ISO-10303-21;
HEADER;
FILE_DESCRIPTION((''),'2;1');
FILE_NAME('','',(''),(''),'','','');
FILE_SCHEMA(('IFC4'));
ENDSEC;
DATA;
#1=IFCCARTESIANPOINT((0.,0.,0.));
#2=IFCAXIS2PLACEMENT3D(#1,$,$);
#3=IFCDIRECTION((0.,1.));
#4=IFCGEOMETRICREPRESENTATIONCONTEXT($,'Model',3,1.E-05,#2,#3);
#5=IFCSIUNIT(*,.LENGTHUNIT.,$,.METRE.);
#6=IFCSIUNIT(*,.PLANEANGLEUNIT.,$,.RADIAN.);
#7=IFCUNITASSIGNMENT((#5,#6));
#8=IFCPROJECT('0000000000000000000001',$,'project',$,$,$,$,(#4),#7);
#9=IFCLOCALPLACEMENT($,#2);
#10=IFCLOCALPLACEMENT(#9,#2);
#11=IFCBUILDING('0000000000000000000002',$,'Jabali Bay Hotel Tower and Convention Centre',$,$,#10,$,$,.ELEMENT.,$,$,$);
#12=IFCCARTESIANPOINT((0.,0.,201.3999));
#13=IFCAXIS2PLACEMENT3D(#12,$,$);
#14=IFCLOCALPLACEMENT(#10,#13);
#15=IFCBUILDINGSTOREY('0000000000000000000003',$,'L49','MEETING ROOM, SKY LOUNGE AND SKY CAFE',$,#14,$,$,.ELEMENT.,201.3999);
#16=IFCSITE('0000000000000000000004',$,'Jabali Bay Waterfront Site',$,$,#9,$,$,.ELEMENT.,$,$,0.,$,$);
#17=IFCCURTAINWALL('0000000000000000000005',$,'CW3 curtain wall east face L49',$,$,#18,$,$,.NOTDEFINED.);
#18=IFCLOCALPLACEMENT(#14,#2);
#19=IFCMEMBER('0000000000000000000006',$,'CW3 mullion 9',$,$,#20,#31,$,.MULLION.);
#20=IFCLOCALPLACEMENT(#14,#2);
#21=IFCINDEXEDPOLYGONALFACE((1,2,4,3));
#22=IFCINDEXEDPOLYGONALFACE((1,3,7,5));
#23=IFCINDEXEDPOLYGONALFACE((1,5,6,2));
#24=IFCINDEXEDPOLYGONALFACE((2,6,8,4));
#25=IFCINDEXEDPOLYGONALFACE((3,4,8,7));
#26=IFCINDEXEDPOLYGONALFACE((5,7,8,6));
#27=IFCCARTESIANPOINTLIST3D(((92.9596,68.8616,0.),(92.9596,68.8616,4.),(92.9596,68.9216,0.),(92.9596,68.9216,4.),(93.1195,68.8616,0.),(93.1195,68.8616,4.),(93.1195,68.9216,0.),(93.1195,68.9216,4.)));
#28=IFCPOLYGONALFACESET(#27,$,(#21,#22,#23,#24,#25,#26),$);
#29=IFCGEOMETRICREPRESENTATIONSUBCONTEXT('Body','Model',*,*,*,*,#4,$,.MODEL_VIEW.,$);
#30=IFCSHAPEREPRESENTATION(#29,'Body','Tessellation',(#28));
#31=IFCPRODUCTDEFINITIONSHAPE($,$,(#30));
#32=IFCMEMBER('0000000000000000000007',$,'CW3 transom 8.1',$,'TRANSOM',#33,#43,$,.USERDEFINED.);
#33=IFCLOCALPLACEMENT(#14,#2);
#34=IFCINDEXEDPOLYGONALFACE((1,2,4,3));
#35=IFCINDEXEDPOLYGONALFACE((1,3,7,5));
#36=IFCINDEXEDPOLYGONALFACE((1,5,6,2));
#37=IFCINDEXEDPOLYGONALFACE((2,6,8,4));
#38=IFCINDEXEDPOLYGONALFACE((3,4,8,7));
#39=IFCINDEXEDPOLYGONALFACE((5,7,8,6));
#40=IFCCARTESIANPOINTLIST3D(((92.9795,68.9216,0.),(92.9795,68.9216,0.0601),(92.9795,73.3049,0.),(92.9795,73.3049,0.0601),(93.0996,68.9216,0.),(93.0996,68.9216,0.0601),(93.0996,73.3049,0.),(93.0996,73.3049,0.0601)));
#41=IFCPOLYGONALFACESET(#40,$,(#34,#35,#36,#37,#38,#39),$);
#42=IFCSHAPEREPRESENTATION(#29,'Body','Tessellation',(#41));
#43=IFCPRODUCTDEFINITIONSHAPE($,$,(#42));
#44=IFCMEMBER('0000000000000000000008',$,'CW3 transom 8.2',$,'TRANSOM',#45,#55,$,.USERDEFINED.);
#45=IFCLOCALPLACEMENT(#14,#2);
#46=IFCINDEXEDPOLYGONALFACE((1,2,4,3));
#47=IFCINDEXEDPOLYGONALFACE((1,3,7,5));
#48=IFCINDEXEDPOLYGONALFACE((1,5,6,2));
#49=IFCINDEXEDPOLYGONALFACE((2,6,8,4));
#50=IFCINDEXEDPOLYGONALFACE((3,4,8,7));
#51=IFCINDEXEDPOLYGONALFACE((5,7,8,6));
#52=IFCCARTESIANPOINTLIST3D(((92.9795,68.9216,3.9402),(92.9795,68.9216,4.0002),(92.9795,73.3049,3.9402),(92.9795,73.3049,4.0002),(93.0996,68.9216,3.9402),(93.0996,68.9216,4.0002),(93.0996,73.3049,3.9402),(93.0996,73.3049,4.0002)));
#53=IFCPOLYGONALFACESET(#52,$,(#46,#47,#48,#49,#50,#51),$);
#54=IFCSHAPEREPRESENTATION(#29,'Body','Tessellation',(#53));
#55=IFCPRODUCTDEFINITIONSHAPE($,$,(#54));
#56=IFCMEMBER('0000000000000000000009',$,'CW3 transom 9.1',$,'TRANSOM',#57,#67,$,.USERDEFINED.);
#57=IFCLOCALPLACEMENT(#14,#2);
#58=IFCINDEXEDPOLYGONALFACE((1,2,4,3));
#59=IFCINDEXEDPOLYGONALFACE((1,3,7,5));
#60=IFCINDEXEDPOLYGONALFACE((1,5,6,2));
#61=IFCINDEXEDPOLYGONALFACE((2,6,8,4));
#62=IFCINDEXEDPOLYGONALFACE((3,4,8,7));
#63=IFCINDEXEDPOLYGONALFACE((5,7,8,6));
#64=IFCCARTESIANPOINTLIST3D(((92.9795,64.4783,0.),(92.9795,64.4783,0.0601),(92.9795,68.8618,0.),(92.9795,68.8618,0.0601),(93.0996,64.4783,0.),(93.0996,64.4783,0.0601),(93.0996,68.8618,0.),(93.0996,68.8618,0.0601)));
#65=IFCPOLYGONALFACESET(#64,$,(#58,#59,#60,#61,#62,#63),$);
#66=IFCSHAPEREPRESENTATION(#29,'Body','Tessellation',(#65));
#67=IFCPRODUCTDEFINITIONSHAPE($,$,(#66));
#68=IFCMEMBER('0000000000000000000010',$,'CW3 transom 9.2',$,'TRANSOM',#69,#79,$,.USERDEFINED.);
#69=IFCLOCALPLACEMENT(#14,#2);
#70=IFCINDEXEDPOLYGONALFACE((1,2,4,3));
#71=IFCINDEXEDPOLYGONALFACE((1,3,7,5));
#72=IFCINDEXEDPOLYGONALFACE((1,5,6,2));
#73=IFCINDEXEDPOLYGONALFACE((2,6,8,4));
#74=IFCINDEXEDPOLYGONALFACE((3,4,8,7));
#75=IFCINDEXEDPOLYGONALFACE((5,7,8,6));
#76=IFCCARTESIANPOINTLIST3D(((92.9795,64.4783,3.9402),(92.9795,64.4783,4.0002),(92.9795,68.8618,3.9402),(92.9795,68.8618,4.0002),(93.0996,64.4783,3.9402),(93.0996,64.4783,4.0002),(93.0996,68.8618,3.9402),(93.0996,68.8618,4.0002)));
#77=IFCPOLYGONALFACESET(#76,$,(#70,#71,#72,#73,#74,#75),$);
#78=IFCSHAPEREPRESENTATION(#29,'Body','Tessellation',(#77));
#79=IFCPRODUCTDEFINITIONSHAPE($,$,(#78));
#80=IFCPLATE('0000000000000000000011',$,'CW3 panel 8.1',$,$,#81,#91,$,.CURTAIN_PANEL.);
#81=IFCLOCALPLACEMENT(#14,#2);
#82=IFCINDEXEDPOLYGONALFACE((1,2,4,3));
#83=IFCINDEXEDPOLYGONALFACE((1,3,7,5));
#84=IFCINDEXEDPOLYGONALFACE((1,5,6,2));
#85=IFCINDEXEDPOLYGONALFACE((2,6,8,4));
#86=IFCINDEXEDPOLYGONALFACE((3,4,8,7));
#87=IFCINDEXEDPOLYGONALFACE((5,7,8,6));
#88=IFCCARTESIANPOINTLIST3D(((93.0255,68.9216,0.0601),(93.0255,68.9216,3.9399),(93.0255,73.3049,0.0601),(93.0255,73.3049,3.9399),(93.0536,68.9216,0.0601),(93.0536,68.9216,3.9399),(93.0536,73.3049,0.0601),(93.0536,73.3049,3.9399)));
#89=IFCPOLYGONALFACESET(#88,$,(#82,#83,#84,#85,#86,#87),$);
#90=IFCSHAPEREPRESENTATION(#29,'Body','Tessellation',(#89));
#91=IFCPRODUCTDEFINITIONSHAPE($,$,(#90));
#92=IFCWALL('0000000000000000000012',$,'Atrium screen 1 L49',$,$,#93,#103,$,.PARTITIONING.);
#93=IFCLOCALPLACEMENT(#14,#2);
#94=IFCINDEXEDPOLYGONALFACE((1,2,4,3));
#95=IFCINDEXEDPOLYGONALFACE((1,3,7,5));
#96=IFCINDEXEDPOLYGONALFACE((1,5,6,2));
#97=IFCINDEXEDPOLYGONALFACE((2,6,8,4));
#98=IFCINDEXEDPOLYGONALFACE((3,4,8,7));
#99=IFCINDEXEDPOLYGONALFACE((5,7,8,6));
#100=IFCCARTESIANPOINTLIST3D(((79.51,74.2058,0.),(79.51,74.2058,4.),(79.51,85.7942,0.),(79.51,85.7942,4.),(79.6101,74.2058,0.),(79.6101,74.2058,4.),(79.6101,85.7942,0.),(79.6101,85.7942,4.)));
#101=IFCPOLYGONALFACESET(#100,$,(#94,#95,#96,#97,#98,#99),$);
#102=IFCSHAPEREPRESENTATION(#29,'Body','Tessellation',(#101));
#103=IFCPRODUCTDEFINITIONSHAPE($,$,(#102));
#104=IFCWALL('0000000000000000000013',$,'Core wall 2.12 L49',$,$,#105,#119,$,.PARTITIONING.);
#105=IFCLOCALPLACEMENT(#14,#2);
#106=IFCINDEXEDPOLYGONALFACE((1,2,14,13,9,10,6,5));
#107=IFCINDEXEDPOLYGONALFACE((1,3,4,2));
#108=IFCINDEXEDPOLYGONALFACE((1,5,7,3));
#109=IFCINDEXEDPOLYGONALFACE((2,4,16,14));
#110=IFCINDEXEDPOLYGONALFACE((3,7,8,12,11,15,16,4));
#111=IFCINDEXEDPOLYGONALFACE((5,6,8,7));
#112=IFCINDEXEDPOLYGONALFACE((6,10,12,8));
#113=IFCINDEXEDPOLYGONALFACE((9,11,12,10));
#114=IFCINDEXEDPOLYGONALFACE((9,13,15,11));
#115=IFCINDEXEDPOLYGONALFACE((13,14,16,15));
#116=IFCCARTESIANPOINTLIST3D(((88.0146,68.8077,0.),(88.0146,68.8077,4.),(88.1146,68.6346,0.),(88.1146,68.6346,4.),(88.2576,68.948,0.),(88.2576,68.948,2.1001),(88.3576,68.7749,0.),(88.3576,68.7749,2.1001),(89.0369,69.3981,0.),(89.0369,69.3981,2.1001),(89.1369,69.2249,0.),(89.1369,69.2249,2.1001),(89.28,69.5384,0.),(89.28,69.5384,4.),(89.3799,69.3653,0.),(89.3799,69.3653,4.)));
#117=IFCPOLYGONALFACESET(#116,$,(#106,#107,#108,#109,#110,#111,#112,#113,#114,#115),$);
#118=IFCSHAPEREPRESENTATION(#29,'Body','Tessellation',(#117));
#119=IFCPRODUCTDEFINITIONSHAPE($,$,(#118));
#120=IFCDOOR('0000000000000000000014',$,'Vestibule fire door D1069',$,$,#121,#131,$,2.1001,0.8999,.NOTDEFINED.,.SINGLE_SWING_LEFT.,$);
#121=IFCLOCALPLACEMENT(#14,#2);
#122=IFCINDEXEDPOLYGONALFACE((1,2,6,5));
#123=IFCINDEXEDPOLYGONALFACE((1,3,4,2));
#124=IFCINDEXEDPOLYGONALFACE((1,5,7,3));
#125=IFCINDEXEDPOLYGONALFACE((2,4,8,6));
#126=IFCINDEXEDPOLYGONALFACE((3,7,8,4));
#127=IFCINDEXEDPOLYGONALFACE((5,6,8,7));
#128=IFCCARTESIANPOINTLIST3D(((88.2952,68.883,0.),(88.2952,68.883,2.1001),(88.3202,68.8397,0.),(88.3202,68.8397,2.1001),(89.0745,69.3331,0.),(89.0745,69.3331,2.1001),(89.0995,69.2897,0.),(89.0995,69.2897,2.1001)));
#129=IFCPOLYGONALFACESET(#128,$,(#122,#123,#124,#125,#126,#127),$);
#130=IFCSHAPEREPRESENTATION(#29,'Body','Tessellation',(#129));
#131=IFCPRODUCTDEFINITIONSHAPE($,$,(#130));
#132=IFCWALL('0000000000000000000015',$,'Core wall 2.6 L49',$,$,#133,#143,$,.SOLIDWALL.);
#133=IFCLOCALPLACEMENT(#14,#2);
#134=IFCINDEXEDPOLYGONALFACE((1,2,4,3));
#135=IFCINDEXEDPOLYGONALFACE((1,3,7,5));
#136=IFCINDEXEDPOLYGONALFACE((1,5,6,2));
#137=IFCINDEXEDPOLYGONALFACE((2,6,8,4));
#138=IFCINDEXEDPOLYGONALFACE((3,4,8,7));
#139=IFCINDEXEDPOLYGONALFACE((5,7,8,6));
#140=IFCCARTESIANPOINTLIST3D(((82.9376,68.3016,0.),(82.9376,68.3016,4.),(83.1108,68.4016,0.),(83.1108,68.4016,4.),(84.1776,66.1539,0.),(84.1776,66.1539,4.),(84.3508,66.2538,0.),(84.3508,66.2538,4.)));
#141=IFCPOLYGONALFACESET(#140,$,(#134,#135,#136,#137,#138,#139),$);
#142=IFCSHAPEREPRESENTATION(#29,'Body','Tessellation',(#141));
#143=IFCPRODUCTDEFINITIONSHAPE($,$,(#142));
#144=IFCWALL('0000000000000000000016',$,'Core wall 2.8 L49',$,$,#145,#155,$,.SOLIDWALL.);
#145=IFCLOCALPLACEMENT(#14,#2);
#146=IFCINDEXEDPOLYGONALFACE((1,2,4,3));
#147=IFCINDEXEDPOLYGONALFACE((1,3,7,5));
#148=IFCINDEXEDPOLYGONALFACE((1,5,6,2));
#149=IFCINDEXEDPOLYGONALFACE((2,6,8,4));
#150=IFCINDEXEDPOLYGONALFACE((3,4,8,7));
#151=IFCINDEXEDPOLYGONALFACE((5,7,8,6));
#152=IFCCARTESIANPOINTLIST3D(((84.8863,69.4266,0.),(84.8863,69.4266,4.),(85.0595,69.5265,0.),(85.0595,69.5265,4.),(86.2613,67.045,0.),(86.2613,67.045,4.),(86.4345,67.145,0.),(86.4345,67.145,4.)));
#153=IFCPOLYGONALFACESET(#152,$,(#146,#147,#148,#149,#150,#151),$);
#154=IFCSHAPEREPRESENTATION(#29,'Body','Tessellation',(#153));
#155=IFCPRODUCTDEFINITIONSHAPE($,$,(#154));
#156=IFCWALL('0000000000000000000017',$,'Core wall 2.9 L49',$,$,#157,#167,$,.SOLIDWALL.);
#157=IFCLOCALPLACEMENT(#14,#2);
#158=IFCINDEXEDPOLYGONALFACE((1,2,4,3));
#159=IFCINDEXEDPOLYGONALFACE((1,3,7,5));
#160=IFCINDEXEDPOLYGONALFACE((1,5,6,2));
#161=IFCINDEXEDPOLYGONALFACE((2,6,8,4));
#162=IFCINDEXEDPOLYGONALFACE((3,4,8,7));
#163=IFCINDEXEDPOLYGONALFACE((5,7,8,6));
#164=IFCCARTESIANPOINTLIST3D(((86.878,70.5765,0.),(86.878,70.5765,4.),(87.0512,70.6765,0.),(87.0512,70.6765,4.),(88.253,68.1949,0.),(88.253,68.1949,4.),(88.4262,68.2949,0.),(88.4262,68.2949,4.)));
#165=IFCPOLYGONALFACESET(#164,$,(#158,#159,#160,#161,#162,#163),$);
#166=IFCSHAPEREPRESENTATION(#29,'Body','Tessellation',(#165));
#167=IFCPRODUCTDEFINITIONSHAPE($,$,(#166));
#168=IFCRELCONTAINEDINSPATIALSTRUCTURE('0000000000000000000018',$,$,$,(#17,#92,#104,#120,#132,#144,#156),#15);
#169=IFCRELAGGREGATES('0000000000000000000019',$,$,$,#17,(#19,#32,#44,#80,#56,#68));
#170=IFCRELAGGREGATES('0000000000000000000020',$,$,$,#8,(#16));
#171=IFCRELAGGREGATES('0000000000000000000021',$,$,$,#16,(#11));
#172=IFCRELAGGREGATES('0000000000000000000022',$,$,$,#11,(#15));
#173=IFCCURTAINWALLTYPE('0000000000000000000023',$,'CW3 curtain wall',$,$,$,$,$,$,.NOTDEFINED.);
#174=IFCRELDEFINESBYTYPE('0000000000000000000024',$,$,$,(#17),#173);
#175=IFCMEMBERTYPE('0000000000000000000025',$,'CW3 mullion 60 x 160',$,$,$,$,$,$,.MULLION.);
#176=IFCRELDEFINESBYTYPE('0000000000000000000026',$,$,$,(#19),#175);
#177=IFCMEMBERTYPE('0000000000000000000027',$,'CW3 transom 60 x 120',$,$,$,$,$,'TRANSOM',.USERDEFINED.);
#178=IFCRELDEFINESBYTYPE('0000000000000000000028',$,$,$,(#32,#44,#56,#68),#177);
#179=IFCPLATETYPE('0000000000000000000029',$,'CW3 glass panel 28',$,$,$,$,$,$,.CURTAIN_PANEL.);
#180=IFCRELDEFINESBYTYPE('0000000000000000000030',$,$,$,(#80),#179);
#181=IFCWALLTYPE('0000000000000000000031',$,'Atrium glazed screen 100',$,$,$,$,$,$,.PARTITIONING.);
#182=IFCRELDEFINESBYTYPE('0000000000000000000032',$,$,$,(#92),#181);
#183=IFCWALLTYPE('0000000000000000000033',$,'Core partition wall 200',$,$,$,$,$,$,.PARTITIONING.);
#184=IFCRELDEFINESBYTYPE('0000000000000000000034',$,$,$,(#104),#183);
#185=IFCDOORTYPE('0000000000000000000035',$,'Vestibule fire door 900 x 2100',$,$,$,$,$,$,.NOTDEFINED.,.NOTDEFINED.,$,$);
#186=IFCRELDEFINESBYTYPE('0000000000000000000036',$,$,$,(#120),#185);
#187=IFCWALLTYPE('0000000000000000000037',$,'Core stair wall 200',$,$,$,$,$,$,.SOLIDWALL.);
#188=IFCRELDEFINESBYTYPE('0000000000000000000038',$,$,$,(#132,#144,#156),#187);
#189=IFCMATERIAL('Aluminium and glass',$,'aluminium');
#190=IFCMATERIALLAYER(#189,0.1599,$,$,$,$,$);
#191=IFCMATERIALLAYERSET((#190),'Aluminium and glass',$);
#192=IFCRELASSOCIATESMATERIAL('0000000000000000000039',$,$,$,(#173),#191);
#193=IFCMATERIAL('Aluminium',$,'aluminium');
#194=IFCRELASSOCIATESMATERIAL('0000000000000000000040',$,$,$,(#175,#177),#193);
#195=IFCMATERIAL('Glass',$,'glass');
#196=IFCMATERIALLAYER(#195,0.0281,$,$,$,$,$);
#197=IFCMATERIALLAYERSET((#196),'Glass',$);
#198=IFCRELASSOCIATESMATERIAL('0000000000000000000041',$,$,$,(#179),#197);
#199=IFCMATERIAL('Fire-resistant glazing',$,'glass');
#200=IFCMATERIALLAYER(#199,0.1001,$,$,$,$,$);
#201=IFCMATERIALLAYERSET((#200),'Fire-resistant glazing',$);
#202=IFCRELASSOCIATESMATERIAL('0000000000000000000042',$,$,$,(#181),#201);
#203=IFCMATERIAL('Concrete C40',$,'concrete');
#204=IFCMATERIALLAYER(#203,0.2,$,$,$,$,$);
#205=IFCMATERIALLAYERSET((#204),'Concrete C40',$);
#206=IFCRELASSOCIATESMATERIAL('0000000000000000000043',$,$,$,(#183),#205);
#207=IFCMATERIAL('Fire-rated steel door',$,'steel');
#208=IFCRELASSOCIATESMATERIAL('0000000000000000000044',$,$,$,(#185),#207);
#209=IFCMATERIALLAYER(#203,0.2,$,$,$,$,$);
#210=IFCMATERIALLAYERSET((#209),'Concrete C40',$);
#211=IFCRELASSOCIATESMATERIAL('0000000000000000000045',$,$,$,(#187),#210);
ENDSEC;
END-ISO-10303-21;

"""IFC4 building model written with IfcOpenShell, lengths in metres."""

from ifc_helpers import new_model, si_unit, direction, frame, frame_2d, origin, origin_2d, place, context, subcontext, project, spatial, rectangle, extrude, material, layer, layer_set, material_profile, profile_set, type_object, element, fill, aggregate, save


model = new_model("IFC4")

# Units and contexts
model_context = context("Model", 3, precision=1e-05, world=origin(), true_north=direction((0.0, 1.0)))
body_context = subcontext(model_context, "Body", "Model", "MODEL_VIEW")
ifc_project = project(units=[si_unit("LENGTHUNIT", "METRE"), si_unit("PLANEANGLEUNIT", "RADIAN")], contexts=[model_context])

# Site, building, storey
site_placement = place(None, origin())
site = spatial("IfcSite", under=ifc_project, at=site_placement, Name="Jabali Bay Waterfront Site", CompositionType="ELEMENT", RefElevation=0.0)
building_placement = place(site_placement, origin())
building = spatial("IfcBuilding", under=site, at=building_placement, Name="Jabali Bay Hotel Tower and Convention Centre", CompositionType="ELEMENT")
storey_placement = place(building_placement, frame((0.0, 0.0, 201.3999)))
storey = spatial("IfcBuildingStorey", under=building, at=storey_placement, Name="L49", Description="MEETING ROOM, SKY LOUNGE AND SKY CAFE", CompositionType="ELEMENT", Elevation=201.3999)

# Curtain wall, members, plate
ifc_material_1 = material(Name="Aluminium and glass", Category="aluminium")
ifc_layer_1 = layer(ifc_material_1, 0.1599)
ifc_layer_set_1 = layer_set([ifc_layer_1], Name="Aluminium and glass")
curtain_wall_type = type_object("IfcCurtainWallType", Name="CW3 curtain wall", PredefinedType="NOTDEFINED", material=ifc_layer_set_1)
curtain_wall_placement = place(storey_placement, origin())
curtain_wall = element("IfcCurtainWall", 1, at=curtain_wall_placement, inside=storey, type_object=curtain_wall_type, Name="CW3 curtain wall east face L49", PredefinedType="NOTDEFINED")
ifc_material_2 = material(Name="Aluminium", Category="aluminium")
ifc_material_profile_1 = material_profile(ifc_material_2, rectangle(XDim=0.1599, YDim=0.0601, at=origin_2d()), Name="CW3 mullion 60 x 160")
ifc_profile_set_1 = profile_set([ifc_material_profile_1], Name="Aluminium")
member_type_1 = type_object("IfcMemberType", Name="CW3 mullion 60 x 160", PredefinedType="MULLION", material=ifc_profile_set_1)
member_1_placement = place(storey_placement, frame((93.0396, 68.8916, 0.0), z_axis=(0.0, 0.0, 1.0), x_axis=(1.0, 0.0, 0.0)))
member_1 = element("IfcMember", 2, at=member_1_placement, type_object=member_type_1, Name="CW3 mullion 9", PredefinedType="MULLION", context=body_context, shape_type="SweptSolid", body=[
    extrude(rectangle(XDim=0.1599, YDim=0.0601, at=origin_2d()), origin(), (0.0, 0.0, 1.0), 4.0),
])
ifc_material_profile_2 = material_profile(ifc_material_2, rectangle(XDim=0.1201, YDim=0.0601, at=origin_2d()), Name="CW3 transom 60 x 120")
ifc_profile_set_2 = profile_set([ifc_material_profile_2], Name="Aluminium")
member_type_2 = type_object("IfcMemberType", Name="CW3 transom 60 x 120", ElementType="TRANSOM", PredefinedType="USERDEFINED", material=ifc_profile_set_2)
member_2_placement = place(storey_placement, frame((93.0396, 73.3049, 0.03), z_axis=(0.0, -1.0, 0.0), x_axis=(1.0, 0.0, 0.0)))
member_2 = element("IfcMember", 3, at=member_2_placement, type_object=member_type_2, Name="CW3 transom 8.1", ObjectType="TRANSOM", PredefinedType="USERDEFINED", context=body_context, shape_type="SweptSolid", body=[
    extrude(rectangle(XDim=0.1201, YDim=0.0601, at=origin_2d()), origin(), (0.0, 0.0, 1.0), 4.3833),
])
member_3_placement = place(storey_placement, frame((93.0396, 73.3049, 3.9702), z_axis=(0.0, -1.0, 0.0), x_axis=(1.0, 0.0, 0.0)))
member_3 = element("IfcMember", 4, at=member_3_placement, type_object=member_type_2, Name="CW3 transom 8.2", ObjectType="TRANSOM", PredefinedType="USERDEFINED", context=body_context, shape_type="SweptSolid", body=[
    extrude(rectangle(XDim=0.1201, YDim=0.0601, at=origin_2d()), origin(), (0.0, 0.0, 1.0), 4.3833),
])
member_4_placement = place(storey_placement, frame((93.0396, 68.8618, 0.03), z_axis=(0.0, -1.0, 0.0), x_axis=(1.0, 0.0, 0.0)))
member_4 = element("IfcMember", 5, at=member_4_placement, type_object=member_type_2, Name="CW3 transom 9.1", ObjectType="TRANSOM", PredefinedType="USERDEFINED", context=body_context, shape_type="SweptSolid", body=[
    extrude(rectangle(XDim=0.1201, YDim=0.0601, at=origin_2d()), origin(), (0.0, 0.0, 1.0), 4.3835),
])
member_5_placement = place(storey_placement, frame((93.0396, 68.8618, 3.9702), z_axis=(0.0, -1.0, 0.0), x_axis=(1.0, 0.0, 0.0)))
member_5 = element("IfcMember", 6, at=member_5_placement, type_object=member_type_2, Name="CW3 transom 9.2", ObjectType="TRANSOM", PredefinedType="USERDEFINED", context=body_context, shape_type="SweptSolid", body=[
    extrude(rectangle(XDim=0.1201, YDim=0.0601, at=origin_2d()), origin(), (0.0, 0.0, 1.0), 4.3835),
])
ifc_material_3 = material(Name="Glass", Category="glass")
ifc_layer_2 = layer(ifc_material_3, 0.0281)
ifc_layer_set_2 = layer_set([ifc_layer_2], Name="Glass")
plate_type = type_object("IfcPlateType", Name="CW3 glass panel 28", PredefinedType="CURTAIN_PANEL", material=ifc_layer_set_2)
plate_placement = place(storey_placement, frame((93.0396, 71.1133, 0.0601), z_axis=(0.0, 0.0, 1.0), x_axis=(0.0, -1.0, 0.0)))
plate = element("IfcPlate", 7, at=plate_placement, type_object=plate_type, Name="CW3 panel 8.1", PredefinedType="CURTAIN_PANEL", context=body_context, shape_type="SweptSolid", body=[
    extrude(rectangle(XDim=4.3833, YDim=0.0281, at=origin_2d()), origin(), (0.0, 0.0, 1.0), 3.8799),
])
aggregate(curtain_wall, [member_1, member_2, member_3, plate, member_4, member_5])

# Wall
ifc_material_4 = material(Name="Fire-resistant glazing", Category="glass")
ifc_layer_3 = layer(ifc_material_4, 0.1001)
ifc_layer_set_3 = layer_set([ifc_layer_3], Name="Fire-resistant glazing")
wall_type_1 = type_object("IfcWallType", Name="Atrium glazed screen 100", PredefinedType="PARTITIONING", material=ifc_layer_set_3)
wall_1_placement = place(storey_placement, frame((79.5601, 74.2058, 0.0), z_axis=(0.0, 0.0, 1.0), x_axis=(0.0, 1.0, 0.0)))
element("IfcWall", 8, at=wall_1_placement, inside=storey, type_object=wall_type_1, Name="Atrium screen 1 L49", PredefinedType="PARTITIONING", context=body_context, shape_type="SweptSolid", body=[
    extrude(rectangle(XDim=11.5884, YDim=0.1001, at=frame_2d((5.7942, 0.0))), origin(), (0.0, 0.0, 1.0), 4.0),
])

# Wall, opening, door
ifc_material_5 = material(Name="Concrete C40", Category="concrete")
ifc_layer_4 = layer(ifc_material_5, 0.2)
ifc_layer_set_4 = layer_set([ifc_layer_4], Name="Concrete C40")
wall_type_2 = type_object("IfcWallType", Name="Core partition wall 200", PredefinedType="PARTITIONING", material=ifc_layer_set_4)
wall_2_placement = place(storey_placement, frame((88.0647, 68.7212, 0.0), z_axis=(0.0, 0.0, 1.0), x_axis=(0.865982, 0.500074, 0.0)))
wall_2 = element("IfcWall", 9, at=wall_2_placement, inside=storey, type_object=wall_type_2, Name="Core wall 2.12 L49", PredefinedType="PARTITIONING", context=body_context, shape_type="SweptSolid", body=[
    extrude(rectangle(XDim=1.4612, YDim=0.2, at=frame_2d((0.7305, 0.0))), origin(), (0.0, 0.0, 1.0), 4.0),
])
opening_1_placement = place(wall_2_placement, frame((0.2805, 0.0, 0.0)))
opening_1 = element("IfcOpeningElement", 10, at=opening_1_placement, cuts=wall_2, PredefinedType="OPENING", context=body_context, shape_type="SweptSolid", body=[
    extrude(rectangle(XDim=0.8999, YDim=2.1001, at=frame_2d((0.45, 1.05))), frame((0.0, 0.1104, 0.0), z_axis=(0.0, -1.0, 0.0), x_axis=(1.0, 0.0, 0.0)), (0.0, 0.0, 1.0), 0.2209),
])
ifc_material_6 = material(Name="Fire-rated steel door", Category="steel")
door_type_1 = type_object("IfcDoorType", Name="Vestibule fire door 900 x 2100", OperationType="NOTDEFINED", PredefinedType="NOTDEFINED", material=ifc_material_6)
door_1_placement = place(opening_1_placement, origin())
door_1 = element("IfcDoor", 11, at=door_1_placement, inside=storey, type_object=door_type_1, Name="Vestibule fire door D1069", OperationType="SINGLE_SWING_LEFT", OverallHeight=2.1001, OverallWidth=0.8999, PredefinedType="NOTDEFINED", context=body_context, shape_type="SweptSolid", body=[
    extrude(rectangle(XDim=0.8999, YDim=2.1001, at=frame_2d((0.45, 1.05))), frame((0.0, 0.0249, 0.0), z_axis=(0.0, -1.0, 0.0), x_axis=(1.0, 0.0, 0.0)), (0.0, 0.0, 1.0), 0.05),
])
fill(opening_1, door_1)

# Walls
ifc_layer_5 = layer(ifc_material_5, 0.2)
ifc_layer_set_5 = layer_set([ifc_layer_5], Name="Concrete C40")
wall_type_3 = type_object("IfcWallType", Name="Core stair wall 200", PredefinedType="SOLIDWALL", material=ifc_layer_set_5)
wall_3_placement = place(storey_placement, frame((83.0242, 68.3516, 0.0), z_axis=(0.0, 0.0, 1.0), x_axis=(0.500004, -0.866023, 0.0)))
element("IfcWall", 12, at=wall_3_placement, inside=storey, type_object=wall_type_3, Name="Core wall 2.6 L49", PredefinedType="SOLIDWALL", context=body_context, shape_type="SweptSolid", body=[
    extrude(rectangle(XDim=2.48, YDim=0.2, at=frame_2d((1.24, 0.0))), origin(), (0.0, 0.0, 1.0), 4.0),
])
for number, where, z_axis, x_axis, name in (
    (13, (84.9729, 69.4766, 0.0), (0.0, 0.0, 1.0), (0.499997, -0.866027, 0.0), "Core wall 2.8 L49"),
    (14, (86.9646, 70.6265, 0.0), (0.0, 0.0, 1.0), (0.499997, -0.866027, 0.0), "Core wall 2.9 L49"),
):
    element("IfcWall", number, at=place(storey_placement, frame(where, z_axis=z_axis, x_axis=x_axis)), inside=storey, type_object=wall_type_3, Name=name, PredefinedType="SOLIDWALL", context=body_context, shape_type="SweptSolid", body=[
        extrude(rectangle(XDim=2.75, YDim=0.2, at=frame_2d((1.375, 0.0))), origin(), (0.0, 0.0, 1.0), 4.0),
    ])

save(model, "model.ifc")
